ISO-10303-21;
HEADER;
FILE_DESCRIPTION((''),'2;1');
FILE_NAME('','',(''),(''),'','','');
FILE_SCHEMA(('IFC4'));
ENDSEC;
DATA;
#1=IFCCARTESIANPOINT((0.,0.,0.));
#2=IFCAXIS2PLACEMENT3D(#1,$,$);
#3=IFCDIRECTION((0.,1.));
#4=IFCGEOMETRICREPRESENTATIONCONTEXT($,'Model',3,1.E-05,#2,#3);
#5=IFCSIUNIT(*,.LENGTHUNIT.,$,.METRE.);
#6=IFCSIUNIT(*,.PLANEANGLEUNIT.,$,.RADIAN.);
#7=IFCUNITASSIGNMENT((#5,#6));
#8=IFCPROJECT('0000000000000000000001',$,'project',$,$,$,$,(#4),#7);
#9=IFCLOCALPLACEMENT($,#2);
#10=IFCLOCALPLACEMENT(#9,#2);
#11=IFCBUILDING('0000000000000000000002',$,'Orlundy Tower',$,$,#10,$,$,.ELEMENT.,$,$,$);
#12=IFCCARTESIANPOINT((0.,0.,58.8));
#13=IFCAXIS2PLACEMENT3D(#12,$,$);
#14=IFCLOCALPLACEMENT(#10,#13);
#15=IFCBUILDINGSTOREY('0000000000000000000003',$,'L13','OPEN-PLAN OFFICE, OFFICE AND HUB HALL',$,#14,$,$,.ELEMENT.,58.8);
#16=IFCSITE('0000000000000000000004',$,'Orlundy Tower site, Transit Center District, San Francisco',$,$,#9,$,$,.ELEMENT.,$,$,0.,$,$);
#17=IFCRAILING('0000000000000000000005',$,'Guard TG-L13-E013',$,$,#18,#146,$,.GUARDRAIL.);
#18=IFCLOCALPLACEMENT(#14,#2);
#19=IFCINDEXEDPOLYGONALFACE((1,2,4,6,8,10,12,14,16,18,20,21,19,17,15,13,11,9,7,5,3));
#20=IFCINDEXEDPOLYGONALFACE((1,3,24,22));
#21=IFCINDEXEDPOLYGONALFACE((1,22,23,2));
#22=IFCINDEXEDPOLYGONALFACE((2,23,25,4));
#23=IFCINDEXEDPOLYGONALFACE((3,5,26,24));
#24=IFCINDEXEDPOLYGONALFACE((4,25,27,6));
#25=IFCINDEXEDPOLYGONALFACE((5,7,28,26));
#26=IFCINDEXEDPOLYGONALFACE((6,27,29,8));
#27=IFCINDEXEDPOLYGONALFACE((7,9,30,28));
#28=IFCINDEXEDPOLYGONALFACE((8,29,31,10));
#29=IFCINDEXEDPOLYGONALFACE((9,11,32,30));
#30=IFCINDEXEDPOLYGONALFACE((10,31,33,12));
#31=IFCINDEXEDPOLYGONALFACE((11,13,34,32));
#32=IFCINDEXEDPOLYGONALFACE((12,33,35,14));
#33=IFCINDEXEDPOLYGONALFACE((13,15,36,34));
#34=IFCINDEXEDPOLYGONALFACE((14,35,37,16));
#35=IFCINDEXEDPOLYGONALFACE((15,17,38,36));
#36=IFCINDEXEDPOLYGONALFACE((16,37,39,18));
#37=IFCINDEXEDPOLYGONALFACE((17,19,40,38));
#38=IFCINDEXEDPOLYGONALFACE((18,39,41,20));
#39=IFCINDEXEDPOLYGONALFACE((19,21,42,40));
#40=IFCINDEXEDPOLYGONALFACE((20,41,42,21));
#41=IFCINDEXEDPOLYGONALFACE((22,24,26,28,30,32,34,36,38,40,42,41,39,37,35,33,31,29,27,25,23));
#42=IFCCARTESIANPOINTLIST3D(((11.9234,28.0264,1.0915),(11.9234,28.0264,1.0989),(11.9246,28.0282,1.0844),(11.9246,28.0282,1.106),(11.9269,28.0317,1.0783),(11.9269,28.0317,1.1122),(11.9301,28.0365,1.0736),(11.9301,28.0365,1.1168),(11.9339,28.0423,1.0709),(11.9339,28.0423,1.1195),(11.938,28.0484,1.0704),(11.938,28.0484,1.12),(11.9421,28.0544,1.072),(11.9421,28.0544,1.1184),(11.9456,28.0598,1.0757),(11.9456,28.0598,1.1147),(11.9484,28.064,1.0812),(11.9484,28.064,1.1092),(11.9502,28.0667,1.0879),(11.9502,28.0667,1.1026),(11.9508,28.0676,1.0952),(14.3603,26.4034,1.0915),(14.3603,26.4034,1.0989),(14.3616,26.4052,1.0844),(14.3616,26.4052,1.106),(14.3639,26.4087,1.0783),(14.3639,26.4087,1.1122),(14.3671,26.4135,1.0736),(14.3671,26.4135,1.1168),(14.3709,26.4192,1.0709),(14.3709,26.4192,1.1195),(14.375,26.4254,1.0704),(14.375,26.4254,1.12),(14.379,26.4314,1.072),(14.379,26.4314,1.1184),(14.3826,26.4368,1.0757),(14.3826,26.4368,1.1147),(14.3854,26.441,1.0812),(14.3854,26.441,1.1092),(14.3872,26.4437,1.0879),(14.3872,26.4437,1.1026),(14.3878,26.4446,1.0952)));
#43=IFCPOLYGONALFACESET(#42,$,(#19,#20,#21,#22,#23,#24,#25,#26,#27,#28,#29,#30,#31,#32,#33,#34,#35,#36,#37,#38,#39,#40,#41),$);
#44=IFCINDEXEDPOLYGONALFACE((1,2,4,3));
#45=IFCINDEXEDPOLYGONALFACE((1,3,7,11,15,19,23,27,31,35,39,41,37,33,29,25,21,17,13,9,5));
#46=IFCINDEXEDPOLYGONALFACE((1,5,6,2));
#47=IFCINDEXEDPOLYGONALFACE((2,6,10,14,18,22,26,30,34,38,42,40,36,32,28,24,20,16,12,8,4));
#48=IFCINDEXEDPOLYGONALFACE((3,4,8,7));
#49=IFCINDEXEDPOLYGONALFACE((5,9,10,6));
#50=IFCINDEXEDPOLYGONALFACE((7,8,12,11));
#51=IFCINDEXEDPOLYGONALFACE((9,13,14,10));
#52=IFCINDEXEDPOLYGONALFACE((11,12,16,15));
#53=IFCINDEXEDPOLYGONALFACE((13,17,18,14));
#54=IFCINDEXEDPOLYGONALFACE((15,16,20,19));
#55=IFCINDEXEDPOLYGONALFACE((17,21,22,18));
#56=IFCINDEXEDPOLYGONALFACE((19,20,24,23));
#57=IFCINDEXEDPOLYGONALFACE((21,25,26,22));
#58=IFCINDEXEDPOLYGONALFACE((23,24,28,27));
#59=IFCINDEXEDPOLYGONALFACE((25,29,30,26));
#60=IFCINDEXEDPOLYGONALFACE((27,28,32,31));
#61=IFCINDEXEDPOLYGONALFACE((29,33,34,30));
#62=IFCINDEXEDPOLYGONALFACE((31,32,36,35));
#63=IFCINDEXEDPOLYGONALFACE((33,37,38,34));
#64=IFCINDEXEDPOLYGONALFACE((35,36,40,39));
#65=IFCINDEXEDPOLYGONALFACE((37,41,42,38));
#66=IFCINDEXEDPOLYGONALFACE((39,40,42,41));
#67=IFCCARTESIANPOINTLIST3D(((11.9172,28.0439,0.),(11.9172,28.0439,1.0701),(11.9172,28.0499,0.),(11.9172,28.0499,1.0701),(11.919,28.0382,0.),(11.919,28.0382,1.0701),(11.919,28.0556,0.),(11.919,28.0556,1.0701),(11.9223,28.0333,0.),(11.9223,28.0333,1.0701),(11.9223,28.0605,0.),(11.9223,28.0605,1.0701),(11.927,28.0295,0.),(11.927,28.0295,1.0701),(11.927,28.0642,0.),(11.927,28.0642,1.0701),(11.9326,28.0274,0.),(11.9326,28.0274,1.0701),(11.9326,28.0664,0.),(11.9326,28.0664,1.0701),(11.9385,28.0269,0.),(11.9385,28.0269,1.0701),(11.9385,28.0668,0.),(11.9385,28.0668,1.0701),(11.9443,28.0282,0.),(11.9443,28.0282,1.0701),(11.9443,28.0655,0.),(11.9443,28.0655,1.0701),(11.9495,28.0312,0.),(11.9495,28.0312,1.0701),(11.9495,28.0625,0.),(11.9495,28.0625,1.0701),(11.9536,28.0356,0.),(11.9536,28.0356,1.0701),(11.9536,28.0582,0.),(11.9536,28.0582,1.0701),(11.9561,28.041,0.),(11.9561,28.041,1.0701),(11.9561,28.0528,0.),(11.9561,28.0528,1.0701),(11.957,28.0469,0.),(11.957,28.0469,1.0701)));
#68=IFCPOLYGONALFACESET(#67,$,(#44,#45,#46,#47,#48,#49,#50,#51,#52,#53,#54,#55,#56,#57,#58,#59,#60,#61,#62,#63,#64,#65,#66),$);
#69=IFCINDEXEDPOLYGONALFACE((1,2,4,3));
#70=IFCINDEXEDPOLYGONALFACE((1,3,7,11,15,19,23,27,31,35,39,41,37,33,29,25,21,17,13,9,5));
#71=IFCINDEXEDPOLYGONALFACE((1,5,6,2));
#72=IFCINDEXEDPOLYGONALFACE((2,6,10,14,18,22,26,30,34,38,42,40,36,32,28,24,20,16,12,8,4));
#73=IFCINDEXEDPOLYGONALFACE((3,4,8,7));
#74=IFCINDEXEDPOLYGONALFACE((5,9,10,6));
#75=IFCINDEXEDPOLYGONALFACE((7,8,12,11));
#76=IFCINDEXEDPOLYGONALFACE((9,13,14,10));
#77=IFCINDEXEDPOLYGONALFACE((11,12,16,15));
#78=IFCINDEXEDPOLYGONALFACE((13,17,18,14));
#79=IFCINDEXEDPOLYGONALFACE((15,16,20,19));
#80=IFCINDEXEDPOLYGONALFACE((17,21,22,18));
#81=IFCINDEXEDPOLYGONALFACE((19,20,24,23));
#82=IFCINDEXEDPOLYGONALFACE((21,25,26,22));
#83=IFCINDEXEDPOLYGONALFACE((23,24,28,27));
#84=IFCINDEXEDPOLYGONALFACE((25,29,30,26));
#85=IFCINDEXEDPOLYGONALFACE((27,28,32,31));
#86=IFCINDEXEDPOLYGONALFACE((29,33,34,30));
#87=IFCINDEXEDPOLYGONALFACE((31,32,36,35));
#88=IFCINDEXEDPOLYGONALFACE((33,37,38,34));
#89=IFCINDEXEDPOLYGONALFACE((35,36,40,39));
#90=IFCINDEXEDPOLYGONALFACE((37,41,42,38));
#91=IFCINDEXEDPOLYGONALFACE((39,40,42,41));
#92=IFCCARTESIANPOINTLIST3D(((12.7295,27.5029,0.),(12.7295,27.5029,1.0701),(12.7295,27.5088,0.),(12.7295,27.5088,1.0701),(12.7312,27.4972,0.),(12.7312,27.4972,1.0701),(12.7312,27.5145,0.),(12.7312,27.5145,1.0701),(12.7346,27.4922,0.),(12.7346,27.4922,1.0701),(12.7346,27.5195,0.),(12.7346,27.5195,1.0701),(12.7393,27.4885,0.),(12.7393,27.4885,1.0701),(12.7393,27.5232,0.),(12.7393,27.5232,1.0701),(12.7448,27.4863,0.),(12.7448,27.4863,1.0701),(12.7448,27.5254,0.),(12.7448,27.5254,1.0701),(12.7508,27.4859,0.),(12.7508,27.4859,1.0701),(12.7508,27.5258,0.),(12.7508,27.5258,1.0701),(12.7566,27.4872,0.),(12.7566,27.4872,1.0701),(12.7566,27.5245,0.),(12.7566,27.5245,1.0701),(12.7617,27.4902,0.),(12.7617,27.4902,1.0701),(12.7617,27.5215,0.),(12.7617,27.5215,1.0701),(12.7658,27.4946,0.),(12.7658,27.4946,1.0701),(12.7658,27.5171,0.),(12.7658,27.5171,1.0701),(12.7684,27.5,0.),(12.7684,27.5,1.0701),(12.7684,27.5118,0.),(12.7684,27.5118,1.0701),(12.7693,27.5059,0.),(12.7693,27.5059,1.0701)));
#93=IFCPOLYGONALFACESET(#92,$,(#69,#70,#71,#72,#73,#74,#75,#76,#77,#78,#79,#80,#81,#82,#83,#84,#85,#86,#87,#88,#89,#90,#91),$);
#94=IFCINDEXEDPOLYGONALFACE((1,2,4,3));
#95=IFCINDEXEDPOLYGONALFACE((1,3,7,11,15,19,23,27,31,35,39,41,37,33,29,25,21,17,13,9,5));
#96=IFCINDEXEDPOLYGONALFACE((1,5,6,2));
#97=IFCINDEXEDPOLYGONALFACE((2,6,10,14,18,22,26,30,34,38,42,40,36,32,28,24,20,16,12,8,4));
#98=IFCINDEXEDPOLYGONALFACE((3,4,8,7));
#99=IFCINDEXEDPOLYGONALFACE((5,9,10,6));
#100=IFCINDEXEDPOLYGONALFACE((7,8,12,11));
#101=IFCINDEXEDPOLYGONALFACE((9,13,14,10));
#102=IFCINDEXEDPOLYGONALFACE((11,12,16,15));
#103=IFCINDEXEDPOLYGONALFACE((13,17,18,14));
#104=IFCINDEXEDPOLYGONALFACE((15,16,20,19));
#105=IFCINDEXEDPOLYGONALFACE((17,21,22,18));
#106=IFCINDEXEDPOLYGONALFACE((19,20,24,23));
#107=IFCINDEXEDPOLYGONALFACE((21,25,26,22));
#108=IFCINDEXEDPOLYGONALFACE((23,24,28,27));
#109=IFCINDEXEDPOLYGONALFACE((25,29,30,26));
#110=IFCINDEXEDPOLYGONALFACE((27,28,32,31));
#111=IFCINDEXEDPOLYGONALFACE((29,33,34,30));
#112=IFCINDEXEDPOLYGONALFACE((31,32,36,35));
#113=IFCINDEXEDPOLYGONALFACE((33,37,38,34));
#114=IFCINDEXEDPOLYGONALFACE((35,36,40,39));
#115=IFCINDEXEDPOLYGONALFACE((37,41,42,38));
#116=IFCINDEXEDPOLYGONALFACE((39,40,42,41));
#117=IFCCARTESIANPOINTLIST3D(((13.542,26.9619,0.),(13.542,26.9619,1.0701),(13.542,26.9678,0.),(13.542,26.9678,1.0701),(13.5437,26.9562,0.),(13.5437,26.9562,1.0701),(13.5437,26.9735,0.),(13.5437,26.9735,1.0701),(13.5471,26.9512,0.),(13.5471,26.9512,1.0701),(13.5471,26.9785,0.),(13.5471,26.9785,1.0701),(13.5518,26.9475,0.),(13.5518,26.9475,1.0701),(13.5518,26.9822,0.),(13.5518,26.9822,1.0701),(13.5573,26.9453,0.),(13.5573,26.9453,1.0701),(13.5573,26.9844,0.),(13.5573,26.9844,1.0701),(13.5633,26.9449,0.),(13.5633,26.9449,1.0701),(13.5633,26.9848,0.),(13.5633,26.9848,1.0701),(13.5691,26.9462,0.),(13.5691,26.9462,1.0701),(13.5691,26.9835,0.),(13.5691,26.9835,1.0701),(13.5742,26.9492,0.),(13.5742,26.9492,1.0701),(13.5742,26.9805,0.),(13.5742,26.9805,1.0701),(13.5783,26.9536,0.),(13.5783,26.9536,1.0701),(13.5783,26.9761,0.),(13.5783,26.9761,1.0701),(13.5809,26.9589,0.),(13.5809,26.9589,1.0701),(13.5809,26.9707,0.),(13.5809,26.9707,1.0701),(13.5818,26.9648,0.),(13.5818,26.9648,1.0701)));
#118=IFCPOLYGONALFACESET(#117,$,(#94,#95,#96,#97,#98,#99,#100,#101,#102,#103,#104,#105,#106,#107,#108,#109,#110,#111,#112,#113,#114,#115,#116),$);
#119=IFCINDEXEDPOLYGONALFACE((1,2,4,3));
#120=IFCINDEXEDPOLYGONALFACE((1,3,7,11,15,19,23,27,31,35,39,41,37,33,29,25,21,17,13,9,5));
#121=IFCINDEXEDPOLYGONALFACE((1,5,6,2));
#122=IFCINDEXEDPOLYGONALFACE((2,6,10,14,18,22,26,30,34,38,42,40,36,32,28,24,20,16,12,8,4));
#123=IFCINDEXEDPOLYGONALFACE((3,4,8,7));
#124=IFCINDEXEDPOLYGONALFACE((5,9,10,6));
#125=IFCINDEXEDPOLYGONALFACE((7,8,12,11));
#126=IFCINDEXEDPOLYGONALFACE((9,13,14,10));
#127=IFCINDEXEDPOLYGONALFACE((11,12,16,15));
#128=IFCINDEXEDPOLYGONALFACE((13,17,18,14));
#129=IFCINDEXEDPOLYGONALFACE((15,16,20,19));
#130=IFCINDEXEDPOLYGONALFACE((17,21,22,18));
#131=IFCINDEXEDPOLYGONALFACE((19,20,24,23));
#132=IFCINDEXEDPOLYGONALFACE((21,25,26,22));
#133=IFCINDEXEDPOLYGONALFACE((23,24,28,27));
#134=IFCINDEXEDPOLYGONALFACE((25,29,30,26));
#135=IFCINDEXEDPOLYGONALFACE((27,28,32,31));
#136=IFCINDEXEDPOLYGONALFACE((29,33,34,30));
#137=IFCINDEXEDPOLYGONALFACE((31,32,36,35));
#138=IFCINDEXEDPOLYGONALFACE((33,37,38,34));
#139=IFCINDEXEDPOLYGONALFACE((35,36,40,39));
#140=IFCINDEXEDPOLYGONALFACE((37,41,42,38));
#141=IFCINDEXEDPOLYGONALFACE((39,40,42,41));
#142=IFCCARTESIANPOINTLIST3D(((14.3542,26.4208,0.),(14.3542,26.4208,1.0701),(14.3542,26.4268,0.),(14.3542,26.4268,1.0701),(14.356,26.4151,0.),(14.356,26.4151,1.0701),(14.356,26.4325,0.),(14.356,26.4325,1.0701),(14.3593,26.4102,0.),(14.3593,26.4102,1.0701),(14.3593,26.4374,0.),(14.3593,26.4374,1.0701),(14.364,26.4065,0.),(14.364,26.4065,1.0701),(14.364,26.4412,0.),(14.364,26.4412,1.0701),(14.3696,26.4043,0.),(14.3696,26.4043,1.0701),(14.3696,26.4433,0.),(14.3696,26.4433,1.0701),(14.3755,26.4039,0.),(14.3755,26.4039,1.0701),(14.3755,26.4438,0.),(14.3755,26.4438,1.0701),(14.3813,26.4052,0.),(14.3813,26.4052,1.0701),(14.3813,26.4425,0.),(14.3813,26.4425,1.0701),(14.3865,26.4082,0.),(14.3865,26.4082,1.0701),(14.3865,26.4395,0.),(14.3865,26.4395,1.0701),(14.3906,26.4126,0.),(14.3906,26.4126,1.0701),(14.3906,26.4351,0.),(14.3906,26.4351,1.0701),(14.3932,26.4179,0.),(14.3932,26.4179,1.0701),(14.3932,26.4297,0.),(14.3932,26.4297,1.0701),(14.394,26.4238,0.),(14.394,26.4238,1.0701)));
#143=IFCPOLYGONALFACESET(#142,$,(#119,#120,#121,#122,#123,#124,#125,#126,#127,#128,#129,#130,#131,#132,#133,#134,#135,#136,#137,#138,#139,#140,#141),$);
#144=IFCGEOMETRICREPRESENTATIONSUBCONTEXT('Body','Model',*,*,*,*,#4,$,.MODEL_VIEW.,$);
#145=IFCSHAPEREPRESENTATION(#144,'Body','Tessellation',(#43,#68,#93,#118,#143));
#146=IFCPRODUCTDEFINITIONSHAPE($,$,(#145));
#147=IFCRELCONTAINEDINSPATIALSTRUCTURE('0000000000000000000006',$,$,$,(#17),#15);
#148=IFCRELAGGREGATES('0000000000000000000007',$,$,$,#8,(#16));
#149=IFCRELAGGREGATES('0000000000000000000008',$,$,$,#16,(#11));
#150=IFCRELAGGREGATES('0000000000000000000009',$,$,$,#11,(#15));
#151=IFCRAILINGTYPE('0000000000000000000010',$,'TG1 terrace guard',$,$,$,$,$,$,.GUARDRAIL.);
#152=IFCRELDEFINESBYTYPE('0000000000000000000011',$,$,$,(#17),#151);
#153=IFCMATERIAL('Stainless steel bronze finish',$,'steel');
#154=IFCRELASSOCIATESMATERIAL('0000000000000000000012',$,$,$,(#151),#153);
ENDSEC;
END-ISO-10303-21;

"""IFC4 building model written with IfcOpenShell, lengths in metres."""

from ifc_helpers import new_model, si_unit, direction, frame, origin, origin_2d, place, context, subcontext, project, spatial, circle, extrude, material, type_object, element, save


model = new_model("IFC4")

# Units and contexts
model_context = context("Model", 3, precision=1e-05, world=origin(), true_north=direction((0.0, 1.0)))
body_context = subcontext(model_context, "Body", "Model", "MODEL_VIEW")
ifc_project = project(units=[si_unit("LENGTHUNIT", "METRE"), si_unit("PLANEANGLEUNIT", "RADIAN")], contexts=[model_context])

# Site, building, storey
site_placement = place(None, origin())
site = spatial("IfcSite", under=ifc_project, at=site_placement, Name="Orlundy Tower site, Transit Center District, San Francisco", CompositionType="ELEMENT", RefElevation=0.0)
building_placement = place(site_placement, origin())
building = spatial("IfcBuilding", under=site, at=building_placement, Name="Orlundy Tower", CompositionType="ELEMENT")
storey_placement = place(building_placement, frame((0.0, 0.0, 58.8)))
storey = spatial("IfcBuildingStorey", under=building, at=storey_placement, Name="L13", Description="OPEN-PLAN OFFICE, OFFICE AND HUB HALL", CompositionType="ELEMENT", Elevation=58.8)

# Railing
ifc_material_1 = material(Name="Stainless steel bronze finish", Category="steel")
railing_type = type_object("IfcRailingType", Name="TG1 terrace guard", PredefinedType="GUARDRAIL", material=ifc_material_1)
railing_1_placement = place(storey_placement, frame((11.937, 28.0469, 0.0)))
element("IfcRailing", 1, at=railing_1_placement, inside=storey, type_object=railing_type, Name="Guard TG-L13-E013", PredefinedType="GUARDRAIL", context=body_context, shape_type="SweptSolid", body=[
    extrude(circle(Radius=0.0249, at=origin_2d()), frame((0.0, 0.0, 1.0952), z_axis=(0.832307, -0.554315, 0.0), x_axis=(0.554315, 0.832307, 0.0)), (0.0, 0.0, 1.0), 2.928),
    extrude(circle(Radius=0.02, at=origin_2d()), origin(), (0.0, 0.0, 1.0), 1.0701),
    extrude(circle(Radius=0.02, at=origin_2d()), frame((0.8123, -0.541, 0.0)), (0.0, 0.0, 1.0), 1.0701),
    extrude(circle(Radius=0.02, at=origin_2d()), frame((1.6248, -1.082, 0.0)), (0.0, 0.0, 1.0), 1.0701),
    extrude(circle(Radius=0.02, at=origin_2d()), frame((2.437, -1.623, 0.0)), (0.0, 0.0, 1.0), 1.0701),
])

save(model, "model.ifc")
